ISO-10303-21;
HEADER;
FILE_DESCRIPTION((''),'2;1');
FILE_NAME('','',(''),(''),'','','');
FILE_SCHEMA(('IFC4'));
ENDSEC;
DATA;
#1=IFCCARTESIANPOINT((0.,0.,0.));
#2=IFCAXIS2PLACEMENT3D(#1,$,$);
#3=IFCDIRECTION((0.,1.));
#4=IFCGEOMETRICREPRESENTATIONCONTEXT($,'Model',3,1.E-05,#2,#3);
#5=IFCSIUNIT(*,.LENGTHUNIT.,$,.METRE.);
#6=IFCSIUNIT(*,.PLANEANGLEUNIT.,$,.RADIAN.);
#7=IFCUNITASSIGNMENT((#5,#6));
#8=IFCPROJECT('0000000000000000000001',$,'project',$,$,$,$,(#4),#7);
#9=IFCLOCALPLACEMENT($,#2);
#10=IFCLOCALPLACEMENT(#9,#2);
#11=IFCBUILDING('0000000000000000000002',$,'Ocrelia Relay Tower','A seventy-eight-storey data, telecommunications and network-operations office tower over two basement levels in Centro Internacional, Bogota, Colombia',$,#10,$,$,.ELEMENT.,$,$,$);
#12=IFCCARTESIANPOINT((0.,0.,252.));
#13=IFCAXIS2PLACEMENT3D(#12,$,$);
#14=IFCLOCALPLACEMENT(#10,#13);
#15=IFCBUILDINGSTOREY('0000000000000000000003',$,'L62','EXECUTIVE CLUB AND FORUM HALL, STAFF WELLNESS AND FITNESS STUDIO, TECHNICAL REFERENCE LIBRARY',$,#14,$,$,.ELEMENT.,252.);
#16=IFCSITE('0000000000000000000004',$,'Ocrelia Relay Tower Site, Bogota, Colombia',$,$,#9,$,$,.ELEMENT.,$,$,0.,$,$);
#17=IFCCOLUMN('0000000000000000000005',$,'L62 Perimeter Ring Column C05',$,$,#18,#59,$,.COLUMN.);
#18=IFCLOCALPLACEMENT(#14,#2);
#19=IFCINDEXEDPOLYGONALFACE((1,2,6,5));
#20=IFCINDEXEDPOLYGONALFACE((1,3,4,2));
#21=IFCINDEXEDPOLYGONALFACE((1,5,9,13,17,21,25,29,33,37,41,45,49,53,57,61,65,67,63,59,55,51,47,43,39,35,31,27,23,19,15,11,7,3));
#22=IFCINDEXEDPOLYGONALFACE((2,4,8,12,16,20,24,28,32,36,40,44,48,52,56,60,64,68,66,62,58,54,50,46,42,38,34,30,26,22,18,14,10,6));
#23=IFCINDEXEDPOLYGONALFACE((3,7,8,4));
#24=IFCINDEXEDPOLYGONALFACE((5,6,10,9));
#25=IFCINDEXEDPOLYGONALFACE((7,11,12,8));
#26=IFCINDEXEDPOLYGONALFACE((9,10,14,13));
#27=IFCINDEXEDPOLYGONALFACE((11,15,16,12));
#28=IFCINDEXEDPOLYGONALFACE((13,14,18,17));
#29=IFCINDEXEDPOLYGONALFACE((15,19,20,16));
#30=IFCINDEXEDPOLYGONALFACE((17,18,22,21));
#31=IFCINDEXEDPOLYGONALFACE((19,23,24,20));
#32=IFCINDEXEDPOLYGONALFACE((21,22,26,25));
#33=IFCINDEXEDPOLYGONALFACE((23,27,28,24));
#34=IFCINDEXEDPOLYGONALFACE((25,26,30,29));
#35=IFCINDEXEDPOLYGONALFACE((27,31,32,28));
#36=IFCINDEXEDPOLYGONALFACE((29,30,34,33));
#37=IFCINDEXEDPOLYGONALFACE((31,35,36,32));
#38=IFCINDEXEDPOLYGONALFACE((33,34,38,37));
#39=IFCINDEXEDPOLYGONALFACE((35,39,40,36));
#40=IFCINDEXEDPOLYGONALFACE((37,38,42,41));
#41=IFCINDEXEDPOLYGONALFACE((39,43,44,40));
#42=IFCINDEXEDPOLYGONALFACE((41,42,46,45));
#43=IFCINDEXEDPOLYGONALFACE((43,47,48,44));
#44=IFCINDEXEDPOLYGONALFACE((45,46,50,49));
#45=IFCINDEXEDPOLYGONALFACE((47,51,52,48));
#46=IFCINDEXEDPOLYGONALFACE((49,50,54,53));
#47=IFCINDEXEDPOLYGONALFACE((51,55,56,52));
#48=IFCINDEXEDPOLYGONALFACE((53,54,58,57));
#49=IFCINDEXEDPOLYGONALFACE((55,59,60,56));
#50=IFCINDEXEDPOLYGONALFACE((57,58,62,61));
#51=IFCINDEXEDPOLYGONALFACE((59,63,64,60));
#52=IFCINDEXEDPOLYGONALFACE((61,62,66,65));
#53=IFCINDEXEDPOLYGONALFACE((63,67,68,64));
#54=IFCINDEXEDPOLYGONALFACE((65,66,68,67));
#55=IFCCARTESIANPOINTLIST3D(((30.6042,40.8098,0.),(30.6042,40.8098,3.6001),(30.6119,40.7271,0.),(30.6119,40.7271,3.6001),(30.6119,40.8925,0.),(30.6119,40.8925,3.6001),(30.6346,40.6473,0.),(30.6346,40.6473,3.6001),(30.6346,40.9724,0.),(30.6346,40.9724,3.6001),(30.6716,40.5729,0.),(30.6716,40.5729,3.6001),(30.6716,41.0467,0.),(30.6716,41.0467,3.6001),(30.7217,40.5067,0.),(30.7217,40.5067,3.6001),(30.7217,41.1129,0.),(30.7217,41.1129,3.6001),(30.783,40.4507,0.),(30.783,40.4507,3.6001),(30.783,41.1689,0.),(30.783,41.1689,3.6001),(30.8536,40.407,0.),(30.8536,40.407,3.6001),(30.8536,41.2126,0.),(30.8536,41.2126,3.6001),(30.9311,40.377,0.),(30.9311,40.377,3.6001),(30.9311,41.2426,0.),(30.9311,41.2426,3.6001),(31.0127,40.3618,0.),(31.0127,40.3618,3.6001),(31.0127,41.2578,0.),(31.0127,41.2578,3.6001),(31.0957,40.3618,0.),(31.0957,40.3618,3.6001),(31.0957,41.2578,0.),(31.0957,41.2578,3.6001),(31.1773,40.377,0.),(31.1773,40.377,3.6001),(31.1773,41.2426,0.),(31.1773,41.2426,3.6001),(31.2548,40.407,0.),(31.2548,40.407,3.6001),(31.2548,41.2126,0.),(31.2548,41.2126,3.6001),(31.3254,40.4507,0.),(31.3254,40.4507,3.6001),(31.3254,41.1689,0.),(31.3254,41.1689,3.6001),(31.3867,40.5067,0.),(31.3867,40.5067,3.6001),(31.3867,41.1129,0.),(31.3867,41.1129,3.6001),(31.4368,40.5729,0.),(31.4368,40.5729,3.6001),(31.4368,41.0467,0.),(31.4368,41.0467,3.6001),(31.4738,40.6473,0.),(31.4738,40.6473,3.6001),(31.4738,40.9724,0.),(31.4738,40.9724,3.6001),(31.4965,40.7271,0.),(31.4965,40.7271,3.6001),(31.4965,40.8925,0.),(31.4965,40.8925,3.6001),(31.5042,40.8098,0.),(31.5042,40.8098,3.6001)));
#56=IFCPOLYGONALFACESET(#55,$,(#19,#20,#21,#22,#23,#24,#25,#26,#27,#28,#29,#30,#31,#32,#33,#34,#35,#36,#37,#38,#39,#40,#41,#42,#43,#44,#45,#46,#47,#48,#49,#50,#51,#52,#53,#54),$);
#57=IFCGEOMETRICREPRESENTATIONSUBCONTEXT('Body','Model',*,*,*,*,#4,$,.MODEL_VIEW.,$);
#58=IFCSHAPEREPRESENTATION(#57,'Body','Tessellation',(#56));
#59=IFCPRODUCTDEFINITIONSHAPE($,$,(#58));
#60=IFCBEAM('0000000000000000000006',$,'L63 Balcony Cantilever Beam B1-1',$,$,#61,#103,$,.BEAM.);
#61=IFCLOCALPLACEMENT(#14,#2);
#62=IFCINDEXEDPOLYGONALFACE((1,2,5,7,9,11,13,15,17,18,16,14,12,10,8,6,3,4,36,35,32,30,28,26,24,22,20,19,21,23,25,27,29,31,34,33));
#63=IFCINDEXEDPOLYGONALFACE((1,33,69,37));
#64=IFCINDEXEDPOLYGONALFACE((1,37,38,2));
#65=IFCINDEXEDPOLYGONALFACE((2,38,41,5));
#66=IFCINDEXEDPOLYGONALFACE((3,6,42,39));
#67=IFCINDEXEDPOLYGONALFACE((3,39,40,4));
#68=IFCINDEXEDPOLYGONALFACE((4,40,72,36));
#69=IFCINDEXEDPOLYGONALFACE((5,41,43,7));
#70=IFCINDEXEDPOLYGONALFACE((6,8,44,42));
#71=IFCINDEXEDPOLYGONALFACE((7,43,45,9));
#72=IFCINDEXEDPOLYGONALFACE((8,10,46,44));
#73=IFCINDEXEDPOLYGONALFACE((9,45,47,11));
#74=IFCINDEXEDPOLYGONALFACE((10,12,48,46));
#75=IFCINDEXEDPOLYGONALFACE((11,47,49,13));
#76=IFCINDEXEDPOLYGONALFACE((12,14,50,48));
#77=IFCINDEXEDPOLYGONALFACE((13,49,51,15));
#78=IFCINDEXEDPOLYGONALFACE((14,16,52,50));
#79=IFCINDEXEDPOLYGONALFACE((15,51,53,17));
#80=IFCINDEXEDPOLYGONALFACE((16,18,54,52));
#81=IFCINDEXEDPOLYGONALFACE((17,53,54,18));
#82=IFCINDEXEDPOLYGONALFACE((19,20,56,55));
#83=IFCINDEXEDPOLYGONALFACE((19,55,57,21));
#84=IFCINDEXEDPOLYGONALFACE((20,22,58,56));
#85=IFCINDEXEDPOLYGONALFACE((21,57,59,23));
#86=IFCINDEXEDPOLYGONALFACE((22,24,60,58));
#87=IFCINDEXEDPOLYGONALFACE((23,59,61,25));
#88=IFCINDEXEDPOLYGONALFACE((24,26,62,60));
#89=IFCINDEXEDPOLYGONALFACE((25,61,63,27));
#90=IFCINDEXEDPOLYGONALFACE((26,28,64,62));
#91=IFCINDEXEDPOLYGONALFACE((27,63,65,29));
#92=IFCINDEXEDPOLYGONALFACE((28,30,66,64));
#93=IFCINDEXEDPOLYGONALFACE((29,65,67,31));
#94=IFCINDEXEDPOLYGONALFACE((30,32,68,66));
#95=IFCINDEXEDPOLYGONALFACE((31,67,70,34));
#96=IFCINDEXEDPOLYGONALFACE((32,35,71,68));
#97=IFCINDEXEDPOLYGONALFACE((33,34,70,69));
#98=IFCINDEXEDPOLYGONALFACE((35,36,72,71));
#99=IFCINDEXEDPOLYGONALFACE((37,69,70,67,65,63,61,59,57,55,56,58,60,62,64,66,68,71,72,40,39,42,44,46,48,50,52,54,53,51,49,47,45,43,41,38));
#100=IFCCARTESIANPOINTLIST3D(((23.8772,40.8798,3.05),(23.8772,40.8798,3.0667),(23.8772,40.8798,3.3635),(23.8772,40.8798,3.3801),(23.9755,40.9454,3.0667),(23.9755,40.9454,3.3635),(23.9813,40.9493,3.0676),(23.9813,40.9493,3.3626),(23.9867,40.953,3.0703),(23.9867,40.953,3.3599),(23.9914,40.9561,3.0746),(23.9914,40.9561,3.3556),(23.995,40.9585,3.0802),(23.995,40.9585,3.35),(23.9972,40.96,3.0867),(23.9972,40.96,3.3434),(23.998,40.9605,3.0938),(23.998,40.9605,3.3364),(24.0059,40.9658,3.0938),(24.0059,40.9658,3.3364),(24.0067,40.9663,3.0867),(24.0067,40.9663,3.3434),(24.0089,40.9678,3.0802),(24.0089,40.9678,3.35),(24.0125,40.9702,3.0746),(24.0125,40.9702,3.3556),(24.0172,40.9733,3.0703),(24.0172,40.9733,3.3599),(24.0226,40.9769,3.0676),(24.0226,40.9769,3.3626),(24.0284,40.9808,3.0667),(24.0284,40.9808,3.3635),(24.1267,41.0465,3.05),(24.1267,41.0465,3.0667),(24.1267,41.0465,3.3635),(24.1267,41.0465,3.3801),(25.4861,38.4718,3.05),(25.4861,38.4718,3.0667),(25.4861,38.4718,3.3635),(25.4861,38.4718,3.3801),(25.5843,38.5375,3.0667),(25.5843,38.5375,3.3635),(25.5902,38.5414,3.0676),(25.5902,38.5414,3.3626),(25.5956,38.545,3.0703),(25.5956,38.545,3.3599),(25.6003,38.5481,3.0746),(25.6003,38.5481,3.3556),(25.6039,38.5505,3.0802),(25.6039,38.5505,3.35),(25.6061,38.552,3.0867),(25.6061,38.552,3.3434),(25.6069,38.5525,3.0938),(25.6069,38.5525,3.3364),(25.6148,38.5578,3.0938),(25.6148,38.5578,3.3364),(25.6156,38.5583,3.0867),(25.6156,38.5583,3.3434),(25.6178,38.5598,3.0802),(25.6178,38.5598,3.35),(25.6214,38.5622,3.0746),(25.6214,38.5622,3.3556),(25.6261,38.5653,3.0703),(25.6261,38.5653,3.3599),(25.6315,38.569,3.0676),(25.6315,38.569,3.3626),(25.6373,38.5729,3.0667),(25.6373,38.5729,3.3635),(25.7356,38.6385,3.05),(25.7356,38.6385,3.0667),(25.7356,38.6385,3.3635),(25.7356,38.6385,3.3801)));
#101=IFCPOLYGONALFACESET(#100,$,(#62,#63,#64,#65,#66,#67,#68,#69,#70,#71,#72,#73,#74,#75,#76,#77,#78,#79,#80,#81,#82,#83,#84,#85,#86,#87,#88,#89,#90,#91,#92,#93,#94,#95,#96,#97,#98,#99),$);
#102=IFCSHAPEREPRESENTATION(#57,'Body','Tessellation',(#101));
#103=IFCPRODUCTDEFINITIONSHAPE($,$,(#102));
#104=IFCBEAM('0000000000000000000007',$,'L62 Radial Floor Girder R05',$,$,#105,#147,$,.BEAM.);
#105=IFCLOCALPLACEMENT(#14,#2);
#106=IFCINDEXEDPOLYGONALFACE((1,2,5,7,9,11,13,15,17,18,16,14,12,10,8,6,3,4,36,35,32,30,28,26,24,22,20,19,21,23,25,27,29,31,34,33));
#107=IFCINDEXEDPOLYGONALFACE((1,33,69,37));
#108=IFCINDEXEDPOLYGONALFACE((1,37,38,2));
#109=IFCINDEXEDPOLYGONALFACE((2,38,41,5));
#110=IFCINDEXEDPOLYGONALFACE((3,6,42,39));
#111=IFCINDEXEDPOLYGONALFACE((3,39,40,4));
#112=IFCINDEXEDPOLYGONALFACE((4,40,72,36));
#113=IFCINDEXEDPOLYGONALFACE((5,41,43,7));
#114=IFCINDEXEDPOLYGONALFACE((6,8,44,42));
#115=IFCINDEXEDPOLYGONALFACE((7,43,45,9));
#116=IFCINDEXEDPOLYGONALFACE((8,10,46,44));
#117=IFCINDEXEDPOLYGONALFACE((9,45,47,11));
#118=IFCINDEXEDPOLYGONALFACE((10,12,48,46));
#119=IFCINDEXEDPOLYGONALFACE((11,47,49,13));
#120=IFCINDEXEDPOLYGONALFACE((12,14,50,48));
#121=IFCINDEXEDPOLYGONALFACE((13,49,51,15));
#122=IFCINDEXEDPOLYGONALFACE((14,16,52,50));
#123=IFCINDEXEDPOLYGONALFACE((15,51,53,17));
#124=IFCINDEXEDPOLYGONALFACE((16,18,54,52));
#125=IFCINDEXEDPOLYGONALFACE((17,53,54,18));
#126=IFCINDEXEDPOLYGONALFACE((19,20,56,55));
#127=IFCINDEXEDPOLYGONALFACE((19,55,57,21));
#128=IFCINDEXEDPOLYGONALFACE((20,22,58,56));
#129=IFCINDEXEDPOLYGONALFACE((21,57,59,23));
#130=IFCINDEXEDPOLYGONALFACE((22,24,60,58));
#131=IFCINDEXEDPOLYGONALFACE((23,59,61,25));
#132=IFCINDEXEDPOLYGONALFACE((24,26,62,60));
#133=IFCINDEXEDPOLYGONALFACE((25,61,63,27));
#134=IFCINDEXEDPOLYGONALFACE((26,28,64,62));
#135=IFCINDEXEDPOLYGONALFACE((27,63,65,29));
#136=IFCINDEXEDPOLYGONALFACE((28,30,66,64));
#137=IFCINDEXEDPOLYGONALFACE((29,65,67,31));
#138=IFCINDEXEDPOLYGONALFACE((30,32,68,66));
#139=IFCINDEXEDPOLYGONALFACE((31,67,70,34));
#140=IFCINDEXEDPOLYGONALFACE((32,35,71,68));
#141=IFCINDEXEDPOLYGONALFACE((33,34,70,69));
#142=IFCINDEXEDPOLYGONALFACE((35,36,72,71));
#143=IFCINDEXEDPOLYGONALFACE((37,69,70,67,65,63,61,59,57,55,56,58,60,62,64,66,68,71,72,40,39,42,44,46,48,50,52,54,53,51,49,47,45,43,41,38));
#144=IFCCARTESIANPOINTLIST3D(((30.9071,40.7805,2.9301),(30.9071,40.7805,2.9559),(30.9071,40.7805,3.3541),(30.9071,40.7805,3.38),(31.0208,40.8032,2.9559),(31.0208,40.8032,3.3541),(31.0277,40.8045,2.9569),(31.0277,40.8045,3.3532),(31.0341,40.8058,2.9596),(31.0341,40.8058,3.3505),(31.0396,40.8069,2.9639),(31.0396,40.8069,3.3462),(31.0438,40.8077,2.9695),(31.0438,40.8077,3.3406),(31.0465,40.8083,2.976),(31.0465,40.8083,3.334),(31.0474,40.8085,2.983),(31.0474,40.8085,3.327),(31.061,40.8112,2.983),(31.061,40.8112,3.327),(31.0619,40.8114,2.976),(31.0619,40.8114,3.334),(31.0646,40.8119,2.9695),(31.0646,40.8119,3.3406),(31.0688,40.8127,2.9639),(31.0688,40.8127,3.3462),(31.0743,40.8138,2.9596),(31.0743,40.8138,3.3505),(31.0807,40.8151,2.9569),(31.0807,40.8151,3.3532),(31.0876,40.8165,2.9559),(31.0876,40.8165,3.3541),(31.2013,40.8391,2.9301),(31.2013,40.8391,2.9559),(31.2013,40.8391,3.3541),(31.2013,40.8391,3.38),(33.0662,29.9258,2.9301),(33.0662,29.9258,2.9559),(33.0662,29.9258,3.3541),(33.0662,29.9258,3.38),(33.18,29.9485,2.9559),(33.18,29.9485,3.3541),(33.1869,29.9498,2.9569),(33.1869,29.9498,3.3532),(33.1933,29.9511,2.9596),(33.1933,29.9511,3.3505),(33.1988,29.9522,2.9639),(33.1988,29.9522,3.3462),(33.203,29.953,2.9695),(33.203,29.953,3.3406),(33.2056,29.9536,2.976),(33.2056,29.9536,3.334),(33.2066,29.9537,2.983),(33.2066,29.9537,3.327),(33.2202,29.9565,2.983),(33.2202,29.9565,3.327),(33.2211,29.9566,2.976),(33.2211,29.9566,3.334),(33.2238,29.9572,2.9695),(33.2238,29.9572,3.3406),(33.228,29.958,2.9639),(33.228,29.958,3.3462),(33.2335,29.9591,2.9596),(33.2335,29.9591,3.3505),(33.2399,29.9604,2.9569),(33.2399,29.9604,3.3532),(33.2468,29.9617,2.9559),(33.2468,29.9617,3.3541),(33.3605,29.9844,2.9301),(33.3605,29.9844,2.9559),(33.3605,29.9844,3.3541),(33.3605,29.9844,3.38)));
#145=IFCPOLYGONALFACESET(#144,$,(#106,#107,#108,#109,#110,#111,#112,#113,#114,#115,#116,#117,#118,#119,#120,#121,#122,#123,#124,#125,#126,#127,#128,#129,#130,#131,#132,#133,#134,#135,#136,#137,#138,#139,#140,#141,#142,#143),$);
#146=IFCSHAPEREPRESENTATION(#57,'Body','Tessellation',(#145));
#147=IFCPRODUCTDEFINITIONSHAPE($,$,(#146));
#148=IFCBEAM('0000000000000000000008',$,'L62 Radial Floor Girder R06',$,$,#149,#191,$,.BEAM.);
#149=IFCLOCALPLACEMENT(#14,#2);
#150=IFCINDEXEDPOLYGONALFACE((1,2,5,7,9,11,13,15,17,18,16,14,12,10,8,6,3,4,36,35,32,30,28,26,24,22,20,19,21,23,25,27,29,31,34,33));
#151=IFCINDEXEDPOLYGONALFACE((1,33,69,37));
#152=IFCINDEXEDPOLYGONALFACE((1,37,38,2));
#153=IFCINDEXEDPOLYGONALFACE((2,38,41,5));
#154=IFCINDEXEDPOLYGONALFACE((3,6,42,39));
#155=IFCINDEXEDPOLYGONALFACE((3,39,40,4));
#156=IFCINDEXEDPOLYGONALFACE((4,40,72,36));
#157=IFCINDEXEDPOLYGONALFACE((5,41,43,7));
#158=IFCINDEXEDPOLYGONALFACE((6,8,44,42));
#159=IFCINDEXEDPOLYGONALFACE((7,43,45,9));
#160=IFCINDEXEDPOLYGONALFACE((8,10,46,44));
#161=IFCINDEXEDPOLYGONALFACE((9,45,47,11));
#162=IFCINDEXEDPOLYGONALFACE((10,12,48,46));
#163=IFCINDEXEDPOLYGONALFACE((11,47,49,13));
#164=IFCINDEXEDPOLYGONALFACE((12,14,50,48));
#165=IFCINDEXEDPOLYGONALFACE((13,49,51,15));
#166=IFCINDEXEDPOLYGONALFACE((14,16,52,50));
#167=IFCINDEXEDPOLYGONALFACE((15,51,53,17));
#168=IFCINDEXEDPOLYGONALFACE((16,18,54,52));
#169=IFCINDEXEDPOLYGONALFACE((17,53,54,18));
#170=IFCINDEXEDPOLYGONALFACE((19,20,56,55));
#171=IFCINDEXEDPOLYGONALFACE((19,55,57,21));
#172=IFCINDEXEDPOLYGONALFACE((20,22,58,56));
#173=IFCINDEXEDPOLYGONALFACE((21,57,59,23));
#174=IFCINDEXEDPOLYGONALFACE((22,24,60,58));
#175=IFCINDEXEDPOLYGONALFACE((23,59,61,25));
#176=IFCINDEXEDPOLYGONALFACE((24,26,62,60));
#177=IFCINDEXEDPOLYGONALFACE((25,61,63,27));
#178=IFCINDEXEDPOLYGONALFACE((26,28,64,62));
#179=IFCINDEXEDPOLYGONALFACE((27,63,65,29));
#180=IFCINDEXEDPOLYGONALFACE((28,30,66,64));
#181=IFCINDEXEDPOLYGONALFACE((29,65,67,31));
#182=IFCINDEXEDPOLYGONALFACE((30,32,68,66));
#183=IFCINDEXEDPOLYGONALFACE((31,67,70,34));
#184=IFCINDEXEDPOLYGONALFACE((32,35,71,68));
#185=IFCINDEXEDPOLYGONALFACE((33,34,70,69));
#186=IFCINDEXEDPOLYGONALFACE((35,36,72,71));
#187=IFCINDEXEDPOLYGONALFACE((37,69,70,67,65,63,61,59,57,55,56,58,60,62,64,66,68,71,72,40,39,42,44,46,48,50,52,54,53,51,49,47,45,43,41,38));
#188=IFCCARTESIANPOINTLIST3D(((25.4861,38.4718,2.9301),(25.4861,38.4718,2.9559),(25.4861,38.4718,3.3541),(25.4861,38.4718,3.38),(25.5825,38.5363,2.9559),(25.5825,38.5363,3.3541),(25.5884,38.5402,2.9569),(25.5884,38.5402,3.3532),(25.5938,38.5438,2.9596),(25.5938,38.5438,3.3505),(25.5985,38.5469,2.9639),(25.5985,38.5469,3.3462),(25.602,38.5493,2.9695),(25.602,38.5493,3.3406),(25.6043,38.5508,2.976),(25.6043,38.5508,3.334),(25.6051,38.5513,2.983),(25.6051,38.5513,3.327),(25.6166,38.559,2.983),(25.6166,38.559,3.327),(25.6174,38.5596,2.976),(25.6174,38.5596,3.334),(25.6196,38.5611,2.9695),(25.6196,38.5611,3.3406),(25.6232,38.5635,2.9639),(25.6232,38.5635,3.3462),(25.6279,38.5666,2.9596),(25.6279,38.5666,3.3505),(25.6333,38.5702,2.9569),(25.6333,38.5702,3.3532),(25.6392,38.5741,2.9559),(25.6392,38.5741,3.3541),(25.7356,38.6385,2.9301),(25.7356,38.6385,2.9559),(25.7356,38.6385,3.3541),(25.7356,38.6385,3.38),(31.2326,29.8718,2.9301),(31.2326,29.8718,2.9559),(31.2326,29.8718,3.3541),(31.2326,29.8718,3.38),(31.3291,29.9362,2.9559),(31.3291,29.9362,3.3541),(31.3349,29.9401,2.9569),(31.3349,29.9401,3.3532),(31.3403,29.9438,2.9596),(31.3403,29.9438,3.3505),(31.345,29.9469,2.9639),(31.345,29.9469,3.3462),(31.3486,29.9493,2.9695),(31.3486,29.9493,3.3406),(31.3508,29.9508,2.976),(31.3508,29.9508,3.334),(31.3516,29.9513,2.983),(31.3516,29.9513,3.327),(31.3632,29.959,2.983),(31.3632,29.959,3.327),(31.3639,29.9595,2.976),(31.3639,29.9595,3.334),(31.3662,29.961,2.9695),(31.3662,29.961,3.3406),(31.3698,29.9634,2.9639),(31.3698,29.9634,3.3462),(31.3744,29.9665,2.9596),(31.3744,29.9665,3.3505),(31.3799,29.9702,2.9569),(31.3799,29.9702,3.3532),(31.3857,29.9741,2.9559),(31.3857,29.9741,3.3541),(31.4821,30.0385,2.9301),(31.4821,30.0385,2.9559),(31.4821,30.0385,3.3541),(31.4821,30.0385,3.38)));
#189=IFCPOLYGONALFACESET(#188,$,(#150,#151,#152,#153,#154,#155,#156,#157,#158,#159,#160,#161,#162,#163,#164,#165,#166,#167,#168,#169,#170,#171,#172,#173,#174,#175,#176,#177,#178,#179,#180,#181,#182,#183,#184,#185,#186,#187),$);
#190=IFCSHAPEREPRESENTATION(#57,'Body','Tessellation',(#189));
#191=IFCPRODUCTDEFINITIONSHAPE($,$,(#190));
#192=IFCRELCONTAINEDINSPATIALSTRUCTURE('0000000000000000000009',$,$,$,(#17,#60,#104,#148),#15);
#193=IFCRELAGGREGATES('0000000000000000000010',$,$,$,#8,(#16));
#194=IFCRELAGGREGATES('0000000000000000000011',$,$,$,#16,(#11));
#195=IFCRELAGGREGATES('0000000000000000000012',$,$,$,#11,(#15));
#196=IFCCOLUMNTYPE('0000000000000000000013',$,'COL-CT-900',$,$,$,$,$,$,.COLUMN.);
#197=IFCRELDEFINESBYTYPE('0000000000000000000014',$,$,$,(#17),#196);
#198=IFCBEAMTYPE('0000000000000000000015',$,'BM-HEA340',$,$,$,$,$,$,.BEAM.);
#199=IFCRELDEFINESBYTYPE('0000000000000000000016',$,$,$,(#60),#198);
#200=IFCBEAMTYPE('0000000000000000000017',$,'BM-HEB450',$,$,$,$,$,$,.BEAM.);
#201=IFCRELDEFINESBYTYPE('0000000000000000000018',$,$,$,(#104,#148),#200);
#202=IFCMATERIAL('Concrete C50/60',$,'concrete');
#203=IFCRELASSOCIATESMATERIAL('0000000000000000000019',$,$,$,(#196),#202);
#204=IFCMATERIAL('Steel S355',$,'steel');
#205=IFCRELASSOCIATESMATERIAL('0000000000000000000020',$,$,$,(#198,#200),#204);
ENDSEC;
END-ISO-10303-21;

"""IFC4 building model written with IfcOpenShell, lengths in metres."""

from ifc_helpers import new_model, si_unit, direction, frame, origin, origin_2d, place, context, subcontext, project, spatial, circle, i_section, extrude, material, material_profile, profile_set, type_object, element, save


model = new_model("IFC4")

# Units and contexts
model_context = context("Model", 3, precision=1e-05, world=origin(), true_north=direction((0.0, 1.0)))
body_context = subcontext(model_context, "Body", "Model", "MODEL_VIEW")
ifc_project = project(units=[si_unit("LENGTHUNIT", "METRE"), si_unit("PLANEANGLEUNIT", "RADIAN")], contexts=[model_context])

# Site, building, storey
site_placement = place(None, origin())
site = spatial("IfcSite", under=ifc_project, at=site_placement, Name="Ocrelia Relay Tower Site, Bogota, Colombia", CompositionType="ELEMENT", RefElevation=0.0)
building_placement = place(site_placement, origin())
building = spatial("IfcBuilding", under=site, at=building_placement, Name="Ocrelia Relay Tower", Description="A seventy-eight-storey data, telecommunications and network-operations office tower over two basement levels in Centro Internacional, Bogota, Colombia", CompositionType="ELEMENT")
storey_placement = place(building_placement, frame((0.0, 0.0, 252.0)))
storey = spatial("IfcBuildingStorey", under=building, at=storey_placement, Name="L62", Description="EXECUTIVE CLUB AND FORUM HALL, STAFF WELLNESS AND FITNESS STUDIO, TECHNICAL REFERENCE LIBRARY", CompositionType="ELEMENT", Elevation=252.0)

# Column
ifc_material_1 = material(Name="Concrete C50/60", Category="concrete")
ifc_material_profile_1 = material_profile(ifc_material_1, circle(Radius=0.45, at=origin_2d()), Name="RC-CIR-900")
ifc_profile_set_1 = profile_set([ifc_material_profile_1], Name="Concrete C50/60")
column_type = type_object("IfcColumnType", Name="COL-CT-900", PredefinedType="COLUMN", material=ifc_profile_set_1)
column_placement = place(storey_placement, frame((31.0542, 40.8098, 0.0), z_axis=(0.0, 0.0, 1.0), x_axis=(1.0, 0.0, 0.0)))
element("IfcColumn", 1, at=column_placement, inside=storey, type_object=column_type, Name="L62 Perimeter Ring Column C05", PredefinedType="COLUMN", context=body_context, shape_type="SweptSolid", body=[
    extrude(circle(Radius=0.45, at=origin_2d()), origin(), (0.0, 0.0, 1.0), 3.6001),
])

# Beams
ifc_material_2 = material(Name="Steel S355", Category="steel")
ifc_material_profile_2 = material_profile(ifc_material_2, i_section(OverallWidth=0.3, OverallDepth=0.3301, WebThickness=0.0095, FlangeThickness=0.0166, FilletRadius=0.0271, at=origin_2d()), Name="HEA 340")
ifc_profile_set_2 = profile_set([ifc_material_profile_2], Name="Steel S355")
beam_type_1 = type_object("IfcBeamType", Name="BM-HEA340", PredefinedType="BEAM", material=ifc_profile_set_2)
beam_1_placement = place(storey_placement, frame((25.6108, 38.5552, 3.2151), z_axis=(-0.555556, 0.831479, 0.0), x_axis=(-0.831479, -0.555556, 0.0)))
element("IfcBeam", 2, at=beam_1_placement, inside=storey, type_object=beam_type_1, Name="L63 Balcony Cantilever Beam B1-1", PredefinedType="BEAM", context=body_context, shape_type="SweptSolid", body=[
    extrude(i_section(OverallWidth=0.3, OverallDepth=0.3301, WebThickness=0.0095, FlangeThickness=0.0166, FilletRadius=0.0271, at=origin_2d()), origin(), (0.0, 0.0, 1.0), 2.896),
])
ifc_material_profile_3 = material_profile(ifc_material_2, i_section(OverallWidth=0.3, OverallDepth=0.45, WebThickness=0.0139, FlangeThickness=0.0259, FilletRadius=0.0271, at=origin_2d()), Name="HEB 450")
ifc_profile_set_3 = profile_set([ifc_material_profile_3], Name="Steel S355")
beam_type_2 = type_object("IfcBeamType", Name="BM-HEB450", PredefinedType="BEAM", material=ifc_profile_set_3)
beam_2_placement = place(storey_placement, frame((31.0542, 40.8098, 3.155), z_axis=(0.195094, -0.980785, 0.0), x_axis=(0.980785, 0.195094, 0.0)))
element("IfcBeam", 3, at=beam_2_placement, inside=storey, type_object=beam_type_2, Name="L62 Radial Floor Girder R05", PredefinedType="BEAM", context=body_context, shape_type="SweptSolid", body=[
    extrude(i_section(OverallWidth=0.3, OverallDepth=0.45, WebThickness=0.0139, FlangeThickness=0.0259, FilletRadius=0.0271, at=origin_2d()), origin(), (0.0, 0.0, 1.0), 11.0674),
])
beam_3_placement = place(storey_placement, frame((25.6108, 38.5552, 3.155), z_axis=(0.555582, -0.831462, 0.0), x_axis=(0.831462, 0.555582, 0.0)))
element("IfcBeam", 4, at=beam_3_placement, inside=storey, type_object=beam_type_2, Name="L62 Radial Floor Girder R06", PredefinedType="BEAM", context=body_context, shape_type="SweptSolid", body=[
    extrude(i_section(OverallWidth=0.3, OverallDepth=0.45, WebThickness=0.0139, FlangeThickness=0.0259, FilletRadius=0.0271, at=origin_2d()), origin(), (0.0, 0.0, 1.0), 10.3433),
])

save(model, "model.ifc")
